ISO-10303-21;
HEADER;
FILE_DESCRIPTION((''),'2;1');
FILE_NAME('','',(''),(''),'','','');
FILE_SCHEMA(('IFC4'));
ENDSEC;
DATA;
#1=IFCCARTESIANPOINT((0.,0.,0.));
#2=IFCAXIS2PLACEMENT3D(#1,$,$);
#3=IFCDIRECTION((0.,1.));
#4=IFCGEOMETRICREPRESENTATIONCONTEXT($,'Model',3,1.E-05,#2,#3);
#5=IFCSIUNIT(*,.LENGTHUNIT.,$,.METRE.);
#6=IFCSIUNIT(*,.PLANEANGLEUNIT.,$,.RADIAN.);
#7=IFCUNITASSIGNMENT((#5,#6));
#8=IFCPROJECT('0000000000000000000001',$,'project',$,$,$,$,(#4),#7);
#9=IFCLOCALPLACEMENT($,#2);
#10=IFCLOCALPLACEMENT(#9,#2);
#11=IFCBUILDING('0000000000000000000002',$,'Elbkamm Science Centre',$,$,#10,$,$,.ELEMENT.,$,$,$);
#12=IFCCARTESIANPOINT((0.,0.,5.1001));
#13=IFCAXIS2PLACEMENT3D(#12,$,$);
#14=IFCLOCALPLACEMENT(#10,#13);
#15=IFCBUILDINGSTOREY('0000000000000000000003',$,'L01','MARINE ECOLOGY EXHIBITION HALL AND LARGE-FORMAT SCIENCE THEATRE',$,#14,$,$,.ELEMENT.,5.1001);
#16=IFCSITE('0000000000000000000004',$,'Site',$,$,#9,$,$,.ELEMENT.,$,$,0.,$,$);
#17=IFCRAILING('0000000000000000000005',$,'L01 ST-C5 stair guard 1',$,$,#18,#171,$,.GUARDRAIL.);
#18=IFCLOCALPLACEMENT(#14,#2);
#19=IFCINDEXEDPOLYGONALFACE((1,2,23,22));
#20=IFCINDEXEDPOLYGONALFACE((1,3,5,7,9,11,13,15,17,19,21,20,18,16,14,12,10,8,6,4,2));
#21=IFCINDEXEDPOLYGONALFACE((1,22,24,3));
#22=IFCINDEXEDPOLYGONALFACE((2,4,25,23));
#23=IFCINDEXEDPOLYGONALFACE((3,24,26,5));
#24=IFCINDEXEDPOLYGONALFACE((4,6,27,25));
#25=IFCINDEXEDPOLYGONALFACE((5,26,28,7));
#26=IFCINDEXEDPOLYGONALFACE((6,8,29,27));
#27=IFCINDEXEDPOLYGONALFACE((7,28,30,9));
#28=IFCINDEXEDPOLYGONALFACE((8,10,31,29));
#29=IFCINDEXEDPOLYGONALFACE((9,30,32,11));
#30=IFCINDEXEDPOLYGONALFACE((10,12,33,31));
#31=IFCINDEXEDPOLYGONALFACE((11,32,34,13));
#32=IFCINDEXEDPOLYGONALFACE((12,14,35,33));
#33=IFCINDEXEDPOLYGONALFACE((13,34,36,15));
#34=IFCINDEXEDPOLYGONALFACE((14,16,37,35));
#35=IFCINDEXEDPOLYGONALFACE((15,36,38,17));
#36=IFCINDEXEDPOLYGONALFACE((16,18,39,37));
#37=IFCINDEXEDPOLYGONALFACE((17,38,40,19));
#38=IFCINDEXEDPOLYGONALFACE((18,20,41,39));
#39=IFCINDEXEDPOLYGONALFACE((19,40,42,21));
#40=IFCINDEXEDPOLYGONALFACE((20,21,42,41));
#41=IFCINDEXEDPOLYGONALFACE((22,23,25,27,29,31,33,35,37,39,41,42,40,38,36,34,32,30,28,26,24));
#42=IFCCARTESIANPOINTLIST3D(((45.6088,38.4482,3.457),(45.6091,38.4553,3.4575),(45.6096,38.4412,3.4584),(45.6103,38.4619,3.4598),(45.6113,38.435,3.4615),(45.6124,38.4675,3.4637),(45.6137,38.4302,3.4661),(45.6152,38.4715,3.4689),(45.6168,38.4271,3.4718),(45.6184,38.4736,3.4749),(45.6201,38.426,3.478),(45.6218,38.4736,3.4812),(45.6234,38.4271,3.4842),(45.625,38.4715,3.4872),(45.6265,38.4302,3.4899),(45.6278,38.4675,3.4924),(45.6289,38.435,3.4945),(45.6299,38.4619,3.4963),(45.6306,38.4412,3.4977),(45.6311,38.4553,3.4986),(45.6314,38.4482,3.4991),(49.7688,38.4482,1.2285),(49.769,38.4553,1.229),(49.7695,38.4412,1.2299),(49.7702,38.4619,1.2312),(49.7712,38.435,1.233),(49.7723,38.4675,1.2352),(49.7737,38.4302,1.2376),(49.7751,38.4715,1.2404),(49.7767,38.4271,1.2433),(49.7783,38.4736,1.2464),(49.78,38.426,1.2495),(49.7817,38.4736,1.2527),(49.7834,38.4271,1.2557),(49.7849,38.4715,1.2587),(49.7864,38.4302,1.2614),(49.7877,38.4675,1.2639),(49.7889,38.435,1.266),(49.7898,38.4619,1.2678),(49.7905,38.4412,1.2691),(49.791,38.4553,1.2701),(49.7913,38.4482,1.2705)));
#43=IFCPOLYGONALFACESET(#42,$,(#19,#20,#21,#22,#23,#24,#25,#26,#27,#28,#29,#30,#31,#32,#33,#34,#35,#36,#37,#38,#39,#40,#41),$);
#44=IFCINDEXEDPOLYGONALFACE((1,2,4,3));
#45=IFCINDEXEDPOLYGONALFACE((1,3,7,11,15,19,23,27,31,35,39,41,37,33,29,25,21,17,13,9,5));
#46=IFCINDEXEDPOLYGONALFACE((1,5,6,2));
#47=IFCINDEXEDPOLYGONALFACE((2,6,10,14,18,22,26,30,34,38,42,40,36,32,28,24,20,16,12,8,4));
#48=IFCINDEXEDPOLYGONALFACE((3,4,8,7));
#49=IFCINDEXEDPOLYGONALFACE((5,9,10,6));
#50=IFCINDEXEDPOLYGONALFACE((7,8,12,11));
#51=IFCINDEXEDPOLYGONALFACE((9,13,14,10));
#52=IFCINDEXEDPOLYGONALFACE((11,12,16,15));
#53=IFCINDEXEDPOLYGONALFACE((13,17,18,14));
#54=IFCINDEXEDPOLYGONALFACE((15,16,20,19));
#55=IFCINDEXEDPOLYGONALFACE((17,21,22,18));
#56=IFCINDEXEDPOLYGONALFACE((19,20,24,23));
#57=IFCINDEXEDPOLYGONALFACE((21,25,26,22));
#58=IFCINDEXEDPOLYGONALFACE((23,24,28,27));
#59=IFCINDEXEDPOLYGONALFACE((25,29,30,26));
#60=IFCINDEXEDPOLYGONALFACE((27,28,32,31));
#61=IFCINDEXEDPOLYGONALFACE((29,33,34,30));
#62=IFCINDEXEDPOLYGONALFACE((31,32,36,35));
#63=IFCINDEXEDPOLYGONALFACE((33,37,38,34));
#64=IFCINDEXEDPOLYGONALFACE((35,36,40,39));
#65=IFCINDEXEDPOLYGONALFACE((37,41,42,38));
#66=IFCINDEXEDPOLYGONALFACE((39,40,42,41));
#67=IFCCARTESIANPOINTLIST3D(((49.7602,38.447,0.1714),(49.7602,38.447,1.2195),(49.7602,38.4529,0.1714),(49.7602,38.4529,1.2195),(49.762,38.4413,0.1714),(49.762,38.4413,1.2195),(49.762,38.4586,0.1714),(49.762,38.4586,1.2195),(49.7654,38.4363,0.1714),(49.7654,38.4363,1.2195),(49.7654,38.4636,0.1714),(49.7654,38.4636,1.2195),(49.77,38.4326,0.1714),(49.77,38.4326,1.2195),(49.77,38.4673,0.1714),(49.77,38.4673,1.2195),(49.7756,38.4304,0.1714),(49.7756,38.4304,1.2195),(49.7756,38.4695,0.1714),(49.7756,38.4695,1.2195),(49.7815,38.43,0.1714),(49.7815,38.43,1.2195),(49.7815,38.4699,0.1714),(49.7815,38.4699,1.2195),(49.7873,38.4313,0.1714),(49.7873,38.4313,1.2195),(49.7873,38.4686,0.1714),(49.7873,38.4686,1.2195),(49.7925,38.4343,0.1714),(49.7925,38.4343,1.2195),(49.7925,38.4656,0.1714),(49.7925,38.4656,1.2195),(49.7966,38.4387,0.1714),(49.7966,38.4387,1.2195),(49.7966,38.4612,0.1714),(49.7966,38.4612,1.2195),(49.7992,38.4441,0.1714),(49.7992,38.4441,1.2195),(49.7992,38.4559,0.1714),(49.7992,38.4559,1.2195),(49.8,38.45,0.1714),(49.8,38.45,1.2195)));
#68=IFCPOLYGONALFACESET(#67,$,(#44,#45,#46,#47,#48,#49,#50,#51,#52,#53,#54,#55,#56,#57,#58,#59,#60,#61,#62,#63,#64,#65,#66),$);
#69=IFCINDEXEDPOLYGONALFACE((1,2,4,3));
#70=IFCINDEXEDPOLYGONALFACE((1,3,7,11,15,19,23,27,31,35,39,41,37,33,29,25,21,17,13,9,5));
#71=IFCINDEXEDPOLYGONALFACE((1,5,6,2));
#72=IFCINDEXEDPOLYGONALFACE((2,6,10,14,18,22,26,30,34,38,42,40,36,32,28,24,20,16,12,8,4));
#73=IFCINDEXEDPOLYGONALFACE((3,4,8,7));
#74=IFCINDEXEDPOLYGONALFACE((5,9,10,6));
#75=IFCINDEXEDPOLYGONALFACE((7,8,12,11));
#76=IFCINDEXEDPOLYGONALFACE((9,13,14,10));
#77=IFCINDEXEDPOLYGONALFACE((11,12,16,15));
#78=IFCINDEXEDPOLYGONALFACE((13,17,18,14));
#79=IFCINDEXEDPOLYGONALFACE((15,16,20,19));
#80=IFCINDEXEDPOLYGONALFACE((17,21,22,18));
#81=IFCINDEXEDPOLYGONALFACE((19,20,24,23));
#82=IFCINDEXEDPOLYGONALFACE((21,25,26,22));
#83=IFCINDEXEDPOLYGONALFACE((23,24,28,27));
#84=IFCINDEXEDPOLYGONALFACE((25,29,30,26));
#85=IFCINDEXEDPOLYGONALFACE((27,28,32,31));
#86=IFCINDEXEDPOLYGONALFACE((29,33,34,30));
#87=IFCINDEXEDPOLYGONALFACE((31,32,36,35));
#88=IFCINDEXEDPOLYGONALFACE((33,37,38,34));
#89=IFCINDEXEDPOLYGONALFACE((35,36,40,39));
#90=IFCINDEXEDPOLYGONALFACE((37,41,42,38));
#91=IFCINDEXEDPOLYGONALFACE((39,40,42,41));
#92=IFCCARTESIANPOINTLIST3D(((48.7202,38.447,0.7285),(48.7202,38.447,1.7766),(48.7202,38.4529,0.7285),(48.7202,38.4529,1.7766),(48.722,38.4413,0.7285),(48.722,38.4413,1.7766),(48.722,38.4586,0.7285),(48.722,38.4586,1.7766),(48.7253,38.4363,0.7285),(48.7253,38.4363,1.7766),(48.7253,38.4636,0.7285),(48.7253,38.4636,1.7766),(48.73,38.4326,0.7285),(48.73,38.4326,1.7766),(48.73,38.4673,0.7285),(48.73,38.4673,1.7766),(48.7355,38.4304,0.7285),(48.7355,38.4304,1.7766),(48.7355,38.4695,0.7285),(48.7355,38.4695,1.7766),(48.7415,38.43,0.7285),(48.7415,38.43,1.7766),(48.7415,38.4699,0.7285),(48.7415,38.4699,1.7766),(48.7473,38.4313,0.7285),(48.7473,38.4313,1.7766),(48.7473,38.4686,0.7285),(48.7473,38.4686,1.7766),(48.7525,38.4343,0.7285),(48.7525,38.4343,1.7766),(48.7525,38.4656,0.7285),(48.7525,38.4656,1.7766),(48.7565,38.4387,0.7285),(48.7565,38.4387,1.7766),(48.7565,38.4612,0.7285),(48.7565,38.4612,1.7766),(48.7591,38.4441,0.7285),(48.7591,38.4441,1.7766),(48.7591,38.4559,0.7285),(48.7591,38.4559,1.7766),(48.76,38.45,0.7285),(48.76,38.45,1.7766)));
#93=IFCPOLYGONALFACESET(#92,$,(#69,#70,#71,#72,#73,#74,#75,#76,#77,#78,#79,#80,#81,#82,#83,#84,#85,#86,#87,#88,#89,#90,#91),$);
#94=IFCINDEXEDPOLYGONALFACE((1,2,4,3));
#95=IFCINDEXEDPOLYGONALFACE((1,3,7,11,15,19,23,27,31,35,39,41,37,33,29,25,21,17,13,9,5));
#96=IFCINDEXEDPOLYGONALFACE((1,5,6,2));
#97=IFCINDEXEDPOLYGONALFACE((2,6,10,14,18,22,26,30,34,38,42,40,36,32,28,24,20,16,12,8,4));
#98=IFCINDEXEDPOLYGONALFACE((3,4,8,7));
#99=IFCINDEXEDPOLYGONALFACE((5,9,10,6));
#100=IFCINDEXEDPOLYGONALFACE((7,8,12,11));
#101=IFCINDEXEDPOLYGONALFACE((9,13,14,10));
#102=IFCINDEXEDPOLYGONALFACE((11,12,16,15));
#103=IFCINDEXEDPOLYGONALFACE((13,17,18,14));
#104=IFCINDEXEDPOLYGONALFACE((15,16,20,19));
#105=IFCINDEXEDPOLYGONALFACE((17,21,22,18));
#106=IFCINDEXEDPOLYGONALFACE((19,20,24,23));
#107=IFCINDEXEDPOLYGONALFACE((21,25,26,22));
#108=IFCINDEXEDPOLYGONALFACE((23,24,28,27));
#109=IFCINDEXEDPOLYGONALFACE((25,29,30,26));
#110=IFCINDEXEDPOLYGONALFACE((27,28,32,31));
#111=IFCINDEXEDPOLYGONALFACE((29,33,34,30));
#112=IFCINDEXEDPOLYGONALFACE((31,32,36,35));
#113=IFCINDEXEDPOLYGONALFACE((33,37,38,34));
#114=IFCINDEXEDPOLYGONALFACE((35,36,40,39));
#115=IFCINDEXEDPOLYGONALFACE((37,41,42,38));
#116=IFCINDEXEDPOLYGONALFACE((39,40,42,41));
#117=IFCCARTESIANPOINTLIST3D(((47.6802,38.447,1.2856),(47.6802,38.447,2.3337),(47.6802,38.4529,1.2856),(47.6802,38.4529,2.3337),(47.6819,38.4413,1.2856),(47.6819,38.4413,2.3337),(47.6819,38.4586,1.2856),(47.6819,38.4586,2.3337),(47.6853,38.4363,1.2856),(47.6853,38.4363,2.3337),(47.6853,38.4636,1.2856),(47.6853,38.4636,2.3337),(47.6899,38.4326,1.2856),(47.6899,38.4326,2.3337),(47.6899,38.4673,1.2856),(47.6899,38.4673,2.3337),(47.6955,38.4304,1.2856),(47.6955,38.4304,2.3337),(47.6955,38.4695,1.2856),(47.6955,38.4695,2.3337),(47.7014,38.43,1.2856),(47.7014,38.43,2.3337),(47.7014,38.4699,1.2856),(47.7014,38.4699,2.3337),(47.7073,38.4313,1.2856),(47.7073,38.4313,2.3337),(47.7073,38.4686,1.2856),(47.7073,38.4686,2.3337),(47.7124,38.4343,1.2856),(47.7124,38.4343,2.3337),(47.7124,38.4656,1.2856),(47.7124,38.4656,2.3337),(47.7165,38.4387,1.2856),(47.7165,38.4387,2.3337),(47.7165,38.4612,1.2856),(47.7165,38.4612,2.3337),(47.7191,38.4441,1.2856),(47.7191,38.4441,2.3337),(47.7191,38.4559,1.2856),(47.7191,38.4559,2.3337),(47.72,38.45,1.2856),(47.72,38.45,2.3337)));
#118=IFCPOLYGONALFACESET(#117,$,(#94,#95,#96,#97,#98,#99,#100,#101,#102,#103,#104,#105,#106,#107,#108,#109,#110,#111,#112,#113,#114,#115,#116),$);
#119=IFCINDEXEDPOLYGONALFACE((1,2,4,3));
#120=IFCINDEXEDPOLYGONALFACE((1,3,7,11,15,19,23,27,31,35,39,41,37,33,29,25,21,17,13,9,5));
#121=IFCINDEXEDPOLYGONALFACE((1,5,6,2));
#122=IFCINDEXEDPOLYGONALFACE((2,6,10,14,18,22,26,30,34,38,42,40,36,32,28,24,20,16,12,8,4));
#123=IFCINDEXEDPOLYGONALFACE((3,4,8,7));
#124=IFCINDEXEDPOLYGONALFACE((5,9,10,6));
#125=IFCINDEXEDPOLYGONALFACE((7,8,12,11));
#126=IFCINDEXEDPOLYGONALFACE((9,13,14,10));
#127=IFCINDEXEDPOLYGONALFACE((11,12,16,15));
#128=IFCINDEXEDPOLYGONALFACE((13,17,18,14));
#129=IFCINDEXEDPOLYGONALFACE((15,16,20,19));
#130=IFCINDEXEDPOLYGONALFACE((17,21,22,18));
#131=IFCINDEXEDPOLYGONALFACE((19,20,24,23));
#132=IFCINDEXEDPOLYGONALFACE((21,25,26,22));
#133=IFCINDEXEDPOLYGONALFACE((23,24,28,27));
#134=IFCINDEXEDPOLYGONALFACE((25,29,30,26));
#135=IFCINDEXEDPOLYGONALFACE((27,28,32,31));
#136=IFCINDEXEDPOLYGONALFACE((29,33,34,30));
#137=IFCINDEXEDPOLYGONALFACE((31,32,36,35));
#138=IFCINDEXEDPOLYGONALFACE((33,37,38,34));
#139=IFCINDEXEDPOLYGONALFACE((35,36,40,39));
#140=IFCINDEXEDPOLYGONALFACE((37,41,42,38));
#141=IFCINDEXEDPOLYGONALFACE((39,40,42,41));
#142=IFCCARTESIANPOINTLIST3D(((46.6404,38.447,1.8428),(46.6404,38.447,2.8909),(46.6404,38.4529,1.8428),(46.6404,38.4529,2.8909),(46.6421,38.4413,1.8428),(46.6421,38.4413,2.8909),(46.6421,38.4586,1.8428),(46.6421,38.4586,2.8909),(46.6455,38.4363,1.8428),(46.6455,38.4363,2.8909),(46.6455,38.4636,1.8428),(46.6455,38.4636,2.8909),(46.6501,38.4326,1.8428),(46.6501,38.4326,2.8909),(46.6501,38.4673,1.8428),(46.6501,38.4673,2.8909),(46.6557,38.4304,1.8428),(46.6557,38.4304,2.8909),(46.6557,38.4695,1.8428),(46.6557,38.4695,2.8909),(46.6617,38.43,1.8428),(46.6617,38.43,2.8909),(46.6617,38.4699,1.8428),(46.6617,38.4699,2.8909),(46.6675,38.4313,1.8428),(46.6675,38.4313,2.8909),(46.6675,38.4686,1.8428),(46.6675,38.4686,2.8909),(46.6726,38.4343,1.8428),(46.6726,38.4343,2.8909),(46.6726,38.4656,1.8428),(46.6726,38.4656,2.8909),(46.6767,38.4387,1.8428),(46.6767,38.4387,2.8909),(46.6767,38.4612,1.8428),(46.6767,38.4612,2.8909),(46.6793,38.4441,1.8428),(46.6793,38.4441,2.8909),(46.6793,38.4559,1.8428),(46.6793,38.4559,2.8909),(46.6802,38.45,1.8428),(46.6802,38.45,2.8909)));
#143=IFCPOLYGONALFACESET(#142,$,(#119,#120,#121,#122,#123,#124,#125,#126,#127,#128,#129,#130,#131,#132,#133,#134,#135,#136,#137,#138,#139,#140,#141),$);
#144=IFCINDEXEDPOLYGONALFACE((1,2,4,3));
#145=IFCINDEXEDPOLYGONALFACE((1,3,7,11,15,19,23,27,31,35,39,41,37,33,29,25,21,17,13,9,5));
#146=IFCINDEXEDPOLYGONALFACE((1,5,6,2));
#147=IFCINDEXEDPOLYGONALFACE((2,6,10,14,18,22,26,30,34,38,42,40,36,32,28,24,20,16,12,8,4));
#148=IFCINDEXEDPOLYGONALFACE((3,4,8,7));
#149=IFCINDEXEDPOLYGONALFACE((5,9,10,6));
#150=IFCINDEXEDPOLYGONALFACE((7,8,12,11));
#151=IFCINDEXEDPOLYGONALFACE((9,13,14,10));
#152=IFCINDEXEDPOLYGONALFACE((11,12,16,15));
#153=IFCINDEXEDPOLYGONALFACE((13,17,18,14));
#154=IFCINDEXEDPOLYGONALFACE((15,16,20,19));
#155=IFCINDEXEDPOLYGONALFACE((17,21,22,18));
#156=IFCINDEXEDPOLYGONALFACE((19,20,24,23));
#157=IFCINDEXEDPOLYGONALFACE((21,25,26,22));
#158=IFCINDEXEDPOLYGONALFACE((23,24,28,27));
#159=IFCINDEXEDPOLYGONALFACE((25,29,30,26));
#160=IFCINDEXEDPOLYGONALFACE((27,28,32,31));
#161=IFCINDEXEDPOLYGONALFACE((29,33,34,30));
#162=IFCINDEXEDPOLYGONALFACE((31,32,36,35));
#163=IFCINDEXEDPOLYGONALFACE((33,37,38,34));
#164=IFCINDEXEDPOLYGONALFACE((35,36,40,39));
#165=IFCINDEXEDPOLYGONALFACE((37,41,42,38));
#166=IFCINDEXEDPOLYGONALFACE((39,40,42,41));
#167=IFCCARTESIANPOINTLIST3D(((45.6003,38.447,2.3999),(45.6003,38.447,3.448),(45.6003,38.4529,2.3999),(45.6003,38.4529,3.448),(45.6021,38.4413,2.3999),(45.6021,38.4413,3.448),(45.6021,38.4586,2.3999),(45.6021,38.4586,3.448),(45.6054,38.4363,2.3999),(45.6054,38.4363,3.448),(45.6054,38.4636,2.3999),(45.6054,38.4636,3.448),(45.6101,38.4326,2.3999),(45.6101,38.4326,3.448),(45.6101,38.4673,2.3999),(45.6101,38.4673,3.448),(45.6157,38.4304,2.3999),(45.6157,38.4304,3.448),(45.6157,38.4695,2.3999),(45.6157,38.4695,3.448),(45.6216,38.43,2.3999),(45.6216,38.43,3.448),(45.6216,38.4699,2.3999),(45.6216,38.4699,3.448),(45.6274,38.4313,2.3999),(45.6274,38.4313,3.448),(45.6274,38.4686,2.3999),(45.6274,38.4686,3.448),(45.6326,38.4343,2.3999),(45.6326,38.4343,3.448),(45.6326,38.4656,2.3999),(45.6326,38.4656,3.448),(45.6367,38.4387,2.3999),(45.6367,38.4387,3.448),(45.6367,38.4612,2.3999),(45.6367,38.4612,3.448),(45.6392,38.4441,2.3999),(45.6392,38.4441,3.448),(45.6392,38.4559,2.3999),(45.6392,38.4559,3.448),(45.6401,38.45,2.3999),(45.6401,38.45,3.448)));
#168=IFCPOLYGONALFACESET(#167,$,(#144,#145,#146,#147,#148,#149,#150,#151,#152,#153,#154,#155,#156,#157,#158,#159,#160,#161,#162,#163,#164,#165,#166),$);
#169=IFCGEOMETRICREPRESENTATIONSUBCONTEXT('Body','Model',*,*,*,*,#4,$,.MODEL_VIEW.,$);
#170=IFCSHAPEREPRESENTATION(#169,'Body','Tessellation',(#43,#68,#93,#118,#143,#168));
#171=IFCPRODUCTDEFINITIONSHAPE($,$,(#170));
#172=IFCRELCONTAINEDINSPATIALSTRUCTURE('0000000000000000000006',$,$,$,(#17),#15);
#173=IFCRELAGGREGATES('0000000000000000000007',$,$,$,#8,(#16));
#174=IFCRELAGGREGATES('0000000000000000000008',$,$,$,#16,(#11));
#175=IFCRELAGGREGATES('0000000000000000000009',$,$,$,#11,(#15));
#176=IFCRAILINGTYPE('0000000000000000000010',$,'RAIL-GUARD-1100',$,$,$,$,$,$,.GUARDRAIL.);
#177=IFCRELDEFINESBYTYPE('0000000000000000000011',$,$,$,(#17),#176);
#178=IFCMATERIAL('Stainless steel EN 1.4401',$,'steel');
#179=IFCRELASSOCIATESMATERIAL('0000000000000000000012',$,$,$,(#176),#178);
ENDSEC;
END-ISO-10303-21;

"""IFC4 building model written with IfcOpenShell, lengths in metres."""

from ifc_helpers import new_model, si_unit, direction, frame, origin, origin_2d, place, context, subcontext, project, spatial, circle, extrude, material, type_object, element, save


model = new_model("IFC4")

# Units and contexts
model_context = context("Model", 3, precision=1e-05, world=origin(), true_north=direction((0.0, 1.0)))
body_context = subcontext(model_context, "Body", "Model", "MODEL_VIEW")
ifc_project = project(units=[si_unit("LENGTHUNIT", "METRE"), si_unit("PLANEANGLEUNIT", "RADIAN")], contexts=[model_context])

# Site, building, storey
site_placement = place(None, origin())
site = spatial("IfcSite", under=ifc_project, at=site_placement, Name="Site", CompositionType="ELEMENT", RefElevation=0.0)
building_placement = place(site_placement, origin())
building = spatial("IfcBuilding", under=site, at=building_placement, Name="Elbkamm Science Centre", CompositionType="ELEMENT")
storey_placement = place(building_placement, frame((0.0, 0.0, 5.1001)))
storey = spatial("IfcBuildingStorey", under=building, at=storey_placement, Name="L01", Description="MARINE ECOLOGY EXHIBITION HALL AND LARGE-FORMAT SCIENCE THEATRE", CompositionType="ELEMENT", Elevation=5.1001)

# Railing
ifc_material_1 = material(Name="Stainless steel EN 1.4401", Category="steel")
railing_type_1 = type_object("IfcRailingType", Name="RAIL-GUARD-1100", PredefinedType="GUARDRAIL", material=ifc_material_1)
railing_1_placement = place(storey_placement, frame((49.78, 38.45, 0.1714)))
element("IfcRailing", 1, at=railing_1_placement, inside=storey, type_object=railing_type_1, Name="L01 ST-C5 stair guard 1", PredefinedType="GUARDRAIL", context=body_context, shape_type="SweptSolid", body=[
    extrude(circle(Radius=0.0239, at=origin_2d()), frame((0.0, 0.0, 1.0781), z_axis=(-0.881481, 0.0, 0.47222), x_axis=(0.0, -1.0, 0.0)), (0.0, 0.0, 1.0), 4.7192),
    extrude(circle(Radius=0.02, at=origin_2d()), origin(), (0.0, 0.0, 1.0), 1.0481),
    extrude(circle(Radius=0.02, at=origin_2d()), frame((-1.04, 0.0, 0.5571)), (0.0, 0.0, 1.0), 1.0481),
    extrude(circle(Radius=0.02, at=origin_2d()), frame((-2.0801, 0.0, 1.1143)), (0.0, 0.0, 1.0), 1.0481),
    extrude(circle(Radius=0.02, at=origin_2d()), frame((-3.1199, 0.0, 1.6714)), (0.0, 0.0, 1.0), 1.0481),
    extrude(circle(Radius=0.02, at=origin_2d()), frame((-4.1599, 0.0, 2.2285)), (0.0, 0.0, 1.0), 1.0481),
])

save(model, "model.ifc")
